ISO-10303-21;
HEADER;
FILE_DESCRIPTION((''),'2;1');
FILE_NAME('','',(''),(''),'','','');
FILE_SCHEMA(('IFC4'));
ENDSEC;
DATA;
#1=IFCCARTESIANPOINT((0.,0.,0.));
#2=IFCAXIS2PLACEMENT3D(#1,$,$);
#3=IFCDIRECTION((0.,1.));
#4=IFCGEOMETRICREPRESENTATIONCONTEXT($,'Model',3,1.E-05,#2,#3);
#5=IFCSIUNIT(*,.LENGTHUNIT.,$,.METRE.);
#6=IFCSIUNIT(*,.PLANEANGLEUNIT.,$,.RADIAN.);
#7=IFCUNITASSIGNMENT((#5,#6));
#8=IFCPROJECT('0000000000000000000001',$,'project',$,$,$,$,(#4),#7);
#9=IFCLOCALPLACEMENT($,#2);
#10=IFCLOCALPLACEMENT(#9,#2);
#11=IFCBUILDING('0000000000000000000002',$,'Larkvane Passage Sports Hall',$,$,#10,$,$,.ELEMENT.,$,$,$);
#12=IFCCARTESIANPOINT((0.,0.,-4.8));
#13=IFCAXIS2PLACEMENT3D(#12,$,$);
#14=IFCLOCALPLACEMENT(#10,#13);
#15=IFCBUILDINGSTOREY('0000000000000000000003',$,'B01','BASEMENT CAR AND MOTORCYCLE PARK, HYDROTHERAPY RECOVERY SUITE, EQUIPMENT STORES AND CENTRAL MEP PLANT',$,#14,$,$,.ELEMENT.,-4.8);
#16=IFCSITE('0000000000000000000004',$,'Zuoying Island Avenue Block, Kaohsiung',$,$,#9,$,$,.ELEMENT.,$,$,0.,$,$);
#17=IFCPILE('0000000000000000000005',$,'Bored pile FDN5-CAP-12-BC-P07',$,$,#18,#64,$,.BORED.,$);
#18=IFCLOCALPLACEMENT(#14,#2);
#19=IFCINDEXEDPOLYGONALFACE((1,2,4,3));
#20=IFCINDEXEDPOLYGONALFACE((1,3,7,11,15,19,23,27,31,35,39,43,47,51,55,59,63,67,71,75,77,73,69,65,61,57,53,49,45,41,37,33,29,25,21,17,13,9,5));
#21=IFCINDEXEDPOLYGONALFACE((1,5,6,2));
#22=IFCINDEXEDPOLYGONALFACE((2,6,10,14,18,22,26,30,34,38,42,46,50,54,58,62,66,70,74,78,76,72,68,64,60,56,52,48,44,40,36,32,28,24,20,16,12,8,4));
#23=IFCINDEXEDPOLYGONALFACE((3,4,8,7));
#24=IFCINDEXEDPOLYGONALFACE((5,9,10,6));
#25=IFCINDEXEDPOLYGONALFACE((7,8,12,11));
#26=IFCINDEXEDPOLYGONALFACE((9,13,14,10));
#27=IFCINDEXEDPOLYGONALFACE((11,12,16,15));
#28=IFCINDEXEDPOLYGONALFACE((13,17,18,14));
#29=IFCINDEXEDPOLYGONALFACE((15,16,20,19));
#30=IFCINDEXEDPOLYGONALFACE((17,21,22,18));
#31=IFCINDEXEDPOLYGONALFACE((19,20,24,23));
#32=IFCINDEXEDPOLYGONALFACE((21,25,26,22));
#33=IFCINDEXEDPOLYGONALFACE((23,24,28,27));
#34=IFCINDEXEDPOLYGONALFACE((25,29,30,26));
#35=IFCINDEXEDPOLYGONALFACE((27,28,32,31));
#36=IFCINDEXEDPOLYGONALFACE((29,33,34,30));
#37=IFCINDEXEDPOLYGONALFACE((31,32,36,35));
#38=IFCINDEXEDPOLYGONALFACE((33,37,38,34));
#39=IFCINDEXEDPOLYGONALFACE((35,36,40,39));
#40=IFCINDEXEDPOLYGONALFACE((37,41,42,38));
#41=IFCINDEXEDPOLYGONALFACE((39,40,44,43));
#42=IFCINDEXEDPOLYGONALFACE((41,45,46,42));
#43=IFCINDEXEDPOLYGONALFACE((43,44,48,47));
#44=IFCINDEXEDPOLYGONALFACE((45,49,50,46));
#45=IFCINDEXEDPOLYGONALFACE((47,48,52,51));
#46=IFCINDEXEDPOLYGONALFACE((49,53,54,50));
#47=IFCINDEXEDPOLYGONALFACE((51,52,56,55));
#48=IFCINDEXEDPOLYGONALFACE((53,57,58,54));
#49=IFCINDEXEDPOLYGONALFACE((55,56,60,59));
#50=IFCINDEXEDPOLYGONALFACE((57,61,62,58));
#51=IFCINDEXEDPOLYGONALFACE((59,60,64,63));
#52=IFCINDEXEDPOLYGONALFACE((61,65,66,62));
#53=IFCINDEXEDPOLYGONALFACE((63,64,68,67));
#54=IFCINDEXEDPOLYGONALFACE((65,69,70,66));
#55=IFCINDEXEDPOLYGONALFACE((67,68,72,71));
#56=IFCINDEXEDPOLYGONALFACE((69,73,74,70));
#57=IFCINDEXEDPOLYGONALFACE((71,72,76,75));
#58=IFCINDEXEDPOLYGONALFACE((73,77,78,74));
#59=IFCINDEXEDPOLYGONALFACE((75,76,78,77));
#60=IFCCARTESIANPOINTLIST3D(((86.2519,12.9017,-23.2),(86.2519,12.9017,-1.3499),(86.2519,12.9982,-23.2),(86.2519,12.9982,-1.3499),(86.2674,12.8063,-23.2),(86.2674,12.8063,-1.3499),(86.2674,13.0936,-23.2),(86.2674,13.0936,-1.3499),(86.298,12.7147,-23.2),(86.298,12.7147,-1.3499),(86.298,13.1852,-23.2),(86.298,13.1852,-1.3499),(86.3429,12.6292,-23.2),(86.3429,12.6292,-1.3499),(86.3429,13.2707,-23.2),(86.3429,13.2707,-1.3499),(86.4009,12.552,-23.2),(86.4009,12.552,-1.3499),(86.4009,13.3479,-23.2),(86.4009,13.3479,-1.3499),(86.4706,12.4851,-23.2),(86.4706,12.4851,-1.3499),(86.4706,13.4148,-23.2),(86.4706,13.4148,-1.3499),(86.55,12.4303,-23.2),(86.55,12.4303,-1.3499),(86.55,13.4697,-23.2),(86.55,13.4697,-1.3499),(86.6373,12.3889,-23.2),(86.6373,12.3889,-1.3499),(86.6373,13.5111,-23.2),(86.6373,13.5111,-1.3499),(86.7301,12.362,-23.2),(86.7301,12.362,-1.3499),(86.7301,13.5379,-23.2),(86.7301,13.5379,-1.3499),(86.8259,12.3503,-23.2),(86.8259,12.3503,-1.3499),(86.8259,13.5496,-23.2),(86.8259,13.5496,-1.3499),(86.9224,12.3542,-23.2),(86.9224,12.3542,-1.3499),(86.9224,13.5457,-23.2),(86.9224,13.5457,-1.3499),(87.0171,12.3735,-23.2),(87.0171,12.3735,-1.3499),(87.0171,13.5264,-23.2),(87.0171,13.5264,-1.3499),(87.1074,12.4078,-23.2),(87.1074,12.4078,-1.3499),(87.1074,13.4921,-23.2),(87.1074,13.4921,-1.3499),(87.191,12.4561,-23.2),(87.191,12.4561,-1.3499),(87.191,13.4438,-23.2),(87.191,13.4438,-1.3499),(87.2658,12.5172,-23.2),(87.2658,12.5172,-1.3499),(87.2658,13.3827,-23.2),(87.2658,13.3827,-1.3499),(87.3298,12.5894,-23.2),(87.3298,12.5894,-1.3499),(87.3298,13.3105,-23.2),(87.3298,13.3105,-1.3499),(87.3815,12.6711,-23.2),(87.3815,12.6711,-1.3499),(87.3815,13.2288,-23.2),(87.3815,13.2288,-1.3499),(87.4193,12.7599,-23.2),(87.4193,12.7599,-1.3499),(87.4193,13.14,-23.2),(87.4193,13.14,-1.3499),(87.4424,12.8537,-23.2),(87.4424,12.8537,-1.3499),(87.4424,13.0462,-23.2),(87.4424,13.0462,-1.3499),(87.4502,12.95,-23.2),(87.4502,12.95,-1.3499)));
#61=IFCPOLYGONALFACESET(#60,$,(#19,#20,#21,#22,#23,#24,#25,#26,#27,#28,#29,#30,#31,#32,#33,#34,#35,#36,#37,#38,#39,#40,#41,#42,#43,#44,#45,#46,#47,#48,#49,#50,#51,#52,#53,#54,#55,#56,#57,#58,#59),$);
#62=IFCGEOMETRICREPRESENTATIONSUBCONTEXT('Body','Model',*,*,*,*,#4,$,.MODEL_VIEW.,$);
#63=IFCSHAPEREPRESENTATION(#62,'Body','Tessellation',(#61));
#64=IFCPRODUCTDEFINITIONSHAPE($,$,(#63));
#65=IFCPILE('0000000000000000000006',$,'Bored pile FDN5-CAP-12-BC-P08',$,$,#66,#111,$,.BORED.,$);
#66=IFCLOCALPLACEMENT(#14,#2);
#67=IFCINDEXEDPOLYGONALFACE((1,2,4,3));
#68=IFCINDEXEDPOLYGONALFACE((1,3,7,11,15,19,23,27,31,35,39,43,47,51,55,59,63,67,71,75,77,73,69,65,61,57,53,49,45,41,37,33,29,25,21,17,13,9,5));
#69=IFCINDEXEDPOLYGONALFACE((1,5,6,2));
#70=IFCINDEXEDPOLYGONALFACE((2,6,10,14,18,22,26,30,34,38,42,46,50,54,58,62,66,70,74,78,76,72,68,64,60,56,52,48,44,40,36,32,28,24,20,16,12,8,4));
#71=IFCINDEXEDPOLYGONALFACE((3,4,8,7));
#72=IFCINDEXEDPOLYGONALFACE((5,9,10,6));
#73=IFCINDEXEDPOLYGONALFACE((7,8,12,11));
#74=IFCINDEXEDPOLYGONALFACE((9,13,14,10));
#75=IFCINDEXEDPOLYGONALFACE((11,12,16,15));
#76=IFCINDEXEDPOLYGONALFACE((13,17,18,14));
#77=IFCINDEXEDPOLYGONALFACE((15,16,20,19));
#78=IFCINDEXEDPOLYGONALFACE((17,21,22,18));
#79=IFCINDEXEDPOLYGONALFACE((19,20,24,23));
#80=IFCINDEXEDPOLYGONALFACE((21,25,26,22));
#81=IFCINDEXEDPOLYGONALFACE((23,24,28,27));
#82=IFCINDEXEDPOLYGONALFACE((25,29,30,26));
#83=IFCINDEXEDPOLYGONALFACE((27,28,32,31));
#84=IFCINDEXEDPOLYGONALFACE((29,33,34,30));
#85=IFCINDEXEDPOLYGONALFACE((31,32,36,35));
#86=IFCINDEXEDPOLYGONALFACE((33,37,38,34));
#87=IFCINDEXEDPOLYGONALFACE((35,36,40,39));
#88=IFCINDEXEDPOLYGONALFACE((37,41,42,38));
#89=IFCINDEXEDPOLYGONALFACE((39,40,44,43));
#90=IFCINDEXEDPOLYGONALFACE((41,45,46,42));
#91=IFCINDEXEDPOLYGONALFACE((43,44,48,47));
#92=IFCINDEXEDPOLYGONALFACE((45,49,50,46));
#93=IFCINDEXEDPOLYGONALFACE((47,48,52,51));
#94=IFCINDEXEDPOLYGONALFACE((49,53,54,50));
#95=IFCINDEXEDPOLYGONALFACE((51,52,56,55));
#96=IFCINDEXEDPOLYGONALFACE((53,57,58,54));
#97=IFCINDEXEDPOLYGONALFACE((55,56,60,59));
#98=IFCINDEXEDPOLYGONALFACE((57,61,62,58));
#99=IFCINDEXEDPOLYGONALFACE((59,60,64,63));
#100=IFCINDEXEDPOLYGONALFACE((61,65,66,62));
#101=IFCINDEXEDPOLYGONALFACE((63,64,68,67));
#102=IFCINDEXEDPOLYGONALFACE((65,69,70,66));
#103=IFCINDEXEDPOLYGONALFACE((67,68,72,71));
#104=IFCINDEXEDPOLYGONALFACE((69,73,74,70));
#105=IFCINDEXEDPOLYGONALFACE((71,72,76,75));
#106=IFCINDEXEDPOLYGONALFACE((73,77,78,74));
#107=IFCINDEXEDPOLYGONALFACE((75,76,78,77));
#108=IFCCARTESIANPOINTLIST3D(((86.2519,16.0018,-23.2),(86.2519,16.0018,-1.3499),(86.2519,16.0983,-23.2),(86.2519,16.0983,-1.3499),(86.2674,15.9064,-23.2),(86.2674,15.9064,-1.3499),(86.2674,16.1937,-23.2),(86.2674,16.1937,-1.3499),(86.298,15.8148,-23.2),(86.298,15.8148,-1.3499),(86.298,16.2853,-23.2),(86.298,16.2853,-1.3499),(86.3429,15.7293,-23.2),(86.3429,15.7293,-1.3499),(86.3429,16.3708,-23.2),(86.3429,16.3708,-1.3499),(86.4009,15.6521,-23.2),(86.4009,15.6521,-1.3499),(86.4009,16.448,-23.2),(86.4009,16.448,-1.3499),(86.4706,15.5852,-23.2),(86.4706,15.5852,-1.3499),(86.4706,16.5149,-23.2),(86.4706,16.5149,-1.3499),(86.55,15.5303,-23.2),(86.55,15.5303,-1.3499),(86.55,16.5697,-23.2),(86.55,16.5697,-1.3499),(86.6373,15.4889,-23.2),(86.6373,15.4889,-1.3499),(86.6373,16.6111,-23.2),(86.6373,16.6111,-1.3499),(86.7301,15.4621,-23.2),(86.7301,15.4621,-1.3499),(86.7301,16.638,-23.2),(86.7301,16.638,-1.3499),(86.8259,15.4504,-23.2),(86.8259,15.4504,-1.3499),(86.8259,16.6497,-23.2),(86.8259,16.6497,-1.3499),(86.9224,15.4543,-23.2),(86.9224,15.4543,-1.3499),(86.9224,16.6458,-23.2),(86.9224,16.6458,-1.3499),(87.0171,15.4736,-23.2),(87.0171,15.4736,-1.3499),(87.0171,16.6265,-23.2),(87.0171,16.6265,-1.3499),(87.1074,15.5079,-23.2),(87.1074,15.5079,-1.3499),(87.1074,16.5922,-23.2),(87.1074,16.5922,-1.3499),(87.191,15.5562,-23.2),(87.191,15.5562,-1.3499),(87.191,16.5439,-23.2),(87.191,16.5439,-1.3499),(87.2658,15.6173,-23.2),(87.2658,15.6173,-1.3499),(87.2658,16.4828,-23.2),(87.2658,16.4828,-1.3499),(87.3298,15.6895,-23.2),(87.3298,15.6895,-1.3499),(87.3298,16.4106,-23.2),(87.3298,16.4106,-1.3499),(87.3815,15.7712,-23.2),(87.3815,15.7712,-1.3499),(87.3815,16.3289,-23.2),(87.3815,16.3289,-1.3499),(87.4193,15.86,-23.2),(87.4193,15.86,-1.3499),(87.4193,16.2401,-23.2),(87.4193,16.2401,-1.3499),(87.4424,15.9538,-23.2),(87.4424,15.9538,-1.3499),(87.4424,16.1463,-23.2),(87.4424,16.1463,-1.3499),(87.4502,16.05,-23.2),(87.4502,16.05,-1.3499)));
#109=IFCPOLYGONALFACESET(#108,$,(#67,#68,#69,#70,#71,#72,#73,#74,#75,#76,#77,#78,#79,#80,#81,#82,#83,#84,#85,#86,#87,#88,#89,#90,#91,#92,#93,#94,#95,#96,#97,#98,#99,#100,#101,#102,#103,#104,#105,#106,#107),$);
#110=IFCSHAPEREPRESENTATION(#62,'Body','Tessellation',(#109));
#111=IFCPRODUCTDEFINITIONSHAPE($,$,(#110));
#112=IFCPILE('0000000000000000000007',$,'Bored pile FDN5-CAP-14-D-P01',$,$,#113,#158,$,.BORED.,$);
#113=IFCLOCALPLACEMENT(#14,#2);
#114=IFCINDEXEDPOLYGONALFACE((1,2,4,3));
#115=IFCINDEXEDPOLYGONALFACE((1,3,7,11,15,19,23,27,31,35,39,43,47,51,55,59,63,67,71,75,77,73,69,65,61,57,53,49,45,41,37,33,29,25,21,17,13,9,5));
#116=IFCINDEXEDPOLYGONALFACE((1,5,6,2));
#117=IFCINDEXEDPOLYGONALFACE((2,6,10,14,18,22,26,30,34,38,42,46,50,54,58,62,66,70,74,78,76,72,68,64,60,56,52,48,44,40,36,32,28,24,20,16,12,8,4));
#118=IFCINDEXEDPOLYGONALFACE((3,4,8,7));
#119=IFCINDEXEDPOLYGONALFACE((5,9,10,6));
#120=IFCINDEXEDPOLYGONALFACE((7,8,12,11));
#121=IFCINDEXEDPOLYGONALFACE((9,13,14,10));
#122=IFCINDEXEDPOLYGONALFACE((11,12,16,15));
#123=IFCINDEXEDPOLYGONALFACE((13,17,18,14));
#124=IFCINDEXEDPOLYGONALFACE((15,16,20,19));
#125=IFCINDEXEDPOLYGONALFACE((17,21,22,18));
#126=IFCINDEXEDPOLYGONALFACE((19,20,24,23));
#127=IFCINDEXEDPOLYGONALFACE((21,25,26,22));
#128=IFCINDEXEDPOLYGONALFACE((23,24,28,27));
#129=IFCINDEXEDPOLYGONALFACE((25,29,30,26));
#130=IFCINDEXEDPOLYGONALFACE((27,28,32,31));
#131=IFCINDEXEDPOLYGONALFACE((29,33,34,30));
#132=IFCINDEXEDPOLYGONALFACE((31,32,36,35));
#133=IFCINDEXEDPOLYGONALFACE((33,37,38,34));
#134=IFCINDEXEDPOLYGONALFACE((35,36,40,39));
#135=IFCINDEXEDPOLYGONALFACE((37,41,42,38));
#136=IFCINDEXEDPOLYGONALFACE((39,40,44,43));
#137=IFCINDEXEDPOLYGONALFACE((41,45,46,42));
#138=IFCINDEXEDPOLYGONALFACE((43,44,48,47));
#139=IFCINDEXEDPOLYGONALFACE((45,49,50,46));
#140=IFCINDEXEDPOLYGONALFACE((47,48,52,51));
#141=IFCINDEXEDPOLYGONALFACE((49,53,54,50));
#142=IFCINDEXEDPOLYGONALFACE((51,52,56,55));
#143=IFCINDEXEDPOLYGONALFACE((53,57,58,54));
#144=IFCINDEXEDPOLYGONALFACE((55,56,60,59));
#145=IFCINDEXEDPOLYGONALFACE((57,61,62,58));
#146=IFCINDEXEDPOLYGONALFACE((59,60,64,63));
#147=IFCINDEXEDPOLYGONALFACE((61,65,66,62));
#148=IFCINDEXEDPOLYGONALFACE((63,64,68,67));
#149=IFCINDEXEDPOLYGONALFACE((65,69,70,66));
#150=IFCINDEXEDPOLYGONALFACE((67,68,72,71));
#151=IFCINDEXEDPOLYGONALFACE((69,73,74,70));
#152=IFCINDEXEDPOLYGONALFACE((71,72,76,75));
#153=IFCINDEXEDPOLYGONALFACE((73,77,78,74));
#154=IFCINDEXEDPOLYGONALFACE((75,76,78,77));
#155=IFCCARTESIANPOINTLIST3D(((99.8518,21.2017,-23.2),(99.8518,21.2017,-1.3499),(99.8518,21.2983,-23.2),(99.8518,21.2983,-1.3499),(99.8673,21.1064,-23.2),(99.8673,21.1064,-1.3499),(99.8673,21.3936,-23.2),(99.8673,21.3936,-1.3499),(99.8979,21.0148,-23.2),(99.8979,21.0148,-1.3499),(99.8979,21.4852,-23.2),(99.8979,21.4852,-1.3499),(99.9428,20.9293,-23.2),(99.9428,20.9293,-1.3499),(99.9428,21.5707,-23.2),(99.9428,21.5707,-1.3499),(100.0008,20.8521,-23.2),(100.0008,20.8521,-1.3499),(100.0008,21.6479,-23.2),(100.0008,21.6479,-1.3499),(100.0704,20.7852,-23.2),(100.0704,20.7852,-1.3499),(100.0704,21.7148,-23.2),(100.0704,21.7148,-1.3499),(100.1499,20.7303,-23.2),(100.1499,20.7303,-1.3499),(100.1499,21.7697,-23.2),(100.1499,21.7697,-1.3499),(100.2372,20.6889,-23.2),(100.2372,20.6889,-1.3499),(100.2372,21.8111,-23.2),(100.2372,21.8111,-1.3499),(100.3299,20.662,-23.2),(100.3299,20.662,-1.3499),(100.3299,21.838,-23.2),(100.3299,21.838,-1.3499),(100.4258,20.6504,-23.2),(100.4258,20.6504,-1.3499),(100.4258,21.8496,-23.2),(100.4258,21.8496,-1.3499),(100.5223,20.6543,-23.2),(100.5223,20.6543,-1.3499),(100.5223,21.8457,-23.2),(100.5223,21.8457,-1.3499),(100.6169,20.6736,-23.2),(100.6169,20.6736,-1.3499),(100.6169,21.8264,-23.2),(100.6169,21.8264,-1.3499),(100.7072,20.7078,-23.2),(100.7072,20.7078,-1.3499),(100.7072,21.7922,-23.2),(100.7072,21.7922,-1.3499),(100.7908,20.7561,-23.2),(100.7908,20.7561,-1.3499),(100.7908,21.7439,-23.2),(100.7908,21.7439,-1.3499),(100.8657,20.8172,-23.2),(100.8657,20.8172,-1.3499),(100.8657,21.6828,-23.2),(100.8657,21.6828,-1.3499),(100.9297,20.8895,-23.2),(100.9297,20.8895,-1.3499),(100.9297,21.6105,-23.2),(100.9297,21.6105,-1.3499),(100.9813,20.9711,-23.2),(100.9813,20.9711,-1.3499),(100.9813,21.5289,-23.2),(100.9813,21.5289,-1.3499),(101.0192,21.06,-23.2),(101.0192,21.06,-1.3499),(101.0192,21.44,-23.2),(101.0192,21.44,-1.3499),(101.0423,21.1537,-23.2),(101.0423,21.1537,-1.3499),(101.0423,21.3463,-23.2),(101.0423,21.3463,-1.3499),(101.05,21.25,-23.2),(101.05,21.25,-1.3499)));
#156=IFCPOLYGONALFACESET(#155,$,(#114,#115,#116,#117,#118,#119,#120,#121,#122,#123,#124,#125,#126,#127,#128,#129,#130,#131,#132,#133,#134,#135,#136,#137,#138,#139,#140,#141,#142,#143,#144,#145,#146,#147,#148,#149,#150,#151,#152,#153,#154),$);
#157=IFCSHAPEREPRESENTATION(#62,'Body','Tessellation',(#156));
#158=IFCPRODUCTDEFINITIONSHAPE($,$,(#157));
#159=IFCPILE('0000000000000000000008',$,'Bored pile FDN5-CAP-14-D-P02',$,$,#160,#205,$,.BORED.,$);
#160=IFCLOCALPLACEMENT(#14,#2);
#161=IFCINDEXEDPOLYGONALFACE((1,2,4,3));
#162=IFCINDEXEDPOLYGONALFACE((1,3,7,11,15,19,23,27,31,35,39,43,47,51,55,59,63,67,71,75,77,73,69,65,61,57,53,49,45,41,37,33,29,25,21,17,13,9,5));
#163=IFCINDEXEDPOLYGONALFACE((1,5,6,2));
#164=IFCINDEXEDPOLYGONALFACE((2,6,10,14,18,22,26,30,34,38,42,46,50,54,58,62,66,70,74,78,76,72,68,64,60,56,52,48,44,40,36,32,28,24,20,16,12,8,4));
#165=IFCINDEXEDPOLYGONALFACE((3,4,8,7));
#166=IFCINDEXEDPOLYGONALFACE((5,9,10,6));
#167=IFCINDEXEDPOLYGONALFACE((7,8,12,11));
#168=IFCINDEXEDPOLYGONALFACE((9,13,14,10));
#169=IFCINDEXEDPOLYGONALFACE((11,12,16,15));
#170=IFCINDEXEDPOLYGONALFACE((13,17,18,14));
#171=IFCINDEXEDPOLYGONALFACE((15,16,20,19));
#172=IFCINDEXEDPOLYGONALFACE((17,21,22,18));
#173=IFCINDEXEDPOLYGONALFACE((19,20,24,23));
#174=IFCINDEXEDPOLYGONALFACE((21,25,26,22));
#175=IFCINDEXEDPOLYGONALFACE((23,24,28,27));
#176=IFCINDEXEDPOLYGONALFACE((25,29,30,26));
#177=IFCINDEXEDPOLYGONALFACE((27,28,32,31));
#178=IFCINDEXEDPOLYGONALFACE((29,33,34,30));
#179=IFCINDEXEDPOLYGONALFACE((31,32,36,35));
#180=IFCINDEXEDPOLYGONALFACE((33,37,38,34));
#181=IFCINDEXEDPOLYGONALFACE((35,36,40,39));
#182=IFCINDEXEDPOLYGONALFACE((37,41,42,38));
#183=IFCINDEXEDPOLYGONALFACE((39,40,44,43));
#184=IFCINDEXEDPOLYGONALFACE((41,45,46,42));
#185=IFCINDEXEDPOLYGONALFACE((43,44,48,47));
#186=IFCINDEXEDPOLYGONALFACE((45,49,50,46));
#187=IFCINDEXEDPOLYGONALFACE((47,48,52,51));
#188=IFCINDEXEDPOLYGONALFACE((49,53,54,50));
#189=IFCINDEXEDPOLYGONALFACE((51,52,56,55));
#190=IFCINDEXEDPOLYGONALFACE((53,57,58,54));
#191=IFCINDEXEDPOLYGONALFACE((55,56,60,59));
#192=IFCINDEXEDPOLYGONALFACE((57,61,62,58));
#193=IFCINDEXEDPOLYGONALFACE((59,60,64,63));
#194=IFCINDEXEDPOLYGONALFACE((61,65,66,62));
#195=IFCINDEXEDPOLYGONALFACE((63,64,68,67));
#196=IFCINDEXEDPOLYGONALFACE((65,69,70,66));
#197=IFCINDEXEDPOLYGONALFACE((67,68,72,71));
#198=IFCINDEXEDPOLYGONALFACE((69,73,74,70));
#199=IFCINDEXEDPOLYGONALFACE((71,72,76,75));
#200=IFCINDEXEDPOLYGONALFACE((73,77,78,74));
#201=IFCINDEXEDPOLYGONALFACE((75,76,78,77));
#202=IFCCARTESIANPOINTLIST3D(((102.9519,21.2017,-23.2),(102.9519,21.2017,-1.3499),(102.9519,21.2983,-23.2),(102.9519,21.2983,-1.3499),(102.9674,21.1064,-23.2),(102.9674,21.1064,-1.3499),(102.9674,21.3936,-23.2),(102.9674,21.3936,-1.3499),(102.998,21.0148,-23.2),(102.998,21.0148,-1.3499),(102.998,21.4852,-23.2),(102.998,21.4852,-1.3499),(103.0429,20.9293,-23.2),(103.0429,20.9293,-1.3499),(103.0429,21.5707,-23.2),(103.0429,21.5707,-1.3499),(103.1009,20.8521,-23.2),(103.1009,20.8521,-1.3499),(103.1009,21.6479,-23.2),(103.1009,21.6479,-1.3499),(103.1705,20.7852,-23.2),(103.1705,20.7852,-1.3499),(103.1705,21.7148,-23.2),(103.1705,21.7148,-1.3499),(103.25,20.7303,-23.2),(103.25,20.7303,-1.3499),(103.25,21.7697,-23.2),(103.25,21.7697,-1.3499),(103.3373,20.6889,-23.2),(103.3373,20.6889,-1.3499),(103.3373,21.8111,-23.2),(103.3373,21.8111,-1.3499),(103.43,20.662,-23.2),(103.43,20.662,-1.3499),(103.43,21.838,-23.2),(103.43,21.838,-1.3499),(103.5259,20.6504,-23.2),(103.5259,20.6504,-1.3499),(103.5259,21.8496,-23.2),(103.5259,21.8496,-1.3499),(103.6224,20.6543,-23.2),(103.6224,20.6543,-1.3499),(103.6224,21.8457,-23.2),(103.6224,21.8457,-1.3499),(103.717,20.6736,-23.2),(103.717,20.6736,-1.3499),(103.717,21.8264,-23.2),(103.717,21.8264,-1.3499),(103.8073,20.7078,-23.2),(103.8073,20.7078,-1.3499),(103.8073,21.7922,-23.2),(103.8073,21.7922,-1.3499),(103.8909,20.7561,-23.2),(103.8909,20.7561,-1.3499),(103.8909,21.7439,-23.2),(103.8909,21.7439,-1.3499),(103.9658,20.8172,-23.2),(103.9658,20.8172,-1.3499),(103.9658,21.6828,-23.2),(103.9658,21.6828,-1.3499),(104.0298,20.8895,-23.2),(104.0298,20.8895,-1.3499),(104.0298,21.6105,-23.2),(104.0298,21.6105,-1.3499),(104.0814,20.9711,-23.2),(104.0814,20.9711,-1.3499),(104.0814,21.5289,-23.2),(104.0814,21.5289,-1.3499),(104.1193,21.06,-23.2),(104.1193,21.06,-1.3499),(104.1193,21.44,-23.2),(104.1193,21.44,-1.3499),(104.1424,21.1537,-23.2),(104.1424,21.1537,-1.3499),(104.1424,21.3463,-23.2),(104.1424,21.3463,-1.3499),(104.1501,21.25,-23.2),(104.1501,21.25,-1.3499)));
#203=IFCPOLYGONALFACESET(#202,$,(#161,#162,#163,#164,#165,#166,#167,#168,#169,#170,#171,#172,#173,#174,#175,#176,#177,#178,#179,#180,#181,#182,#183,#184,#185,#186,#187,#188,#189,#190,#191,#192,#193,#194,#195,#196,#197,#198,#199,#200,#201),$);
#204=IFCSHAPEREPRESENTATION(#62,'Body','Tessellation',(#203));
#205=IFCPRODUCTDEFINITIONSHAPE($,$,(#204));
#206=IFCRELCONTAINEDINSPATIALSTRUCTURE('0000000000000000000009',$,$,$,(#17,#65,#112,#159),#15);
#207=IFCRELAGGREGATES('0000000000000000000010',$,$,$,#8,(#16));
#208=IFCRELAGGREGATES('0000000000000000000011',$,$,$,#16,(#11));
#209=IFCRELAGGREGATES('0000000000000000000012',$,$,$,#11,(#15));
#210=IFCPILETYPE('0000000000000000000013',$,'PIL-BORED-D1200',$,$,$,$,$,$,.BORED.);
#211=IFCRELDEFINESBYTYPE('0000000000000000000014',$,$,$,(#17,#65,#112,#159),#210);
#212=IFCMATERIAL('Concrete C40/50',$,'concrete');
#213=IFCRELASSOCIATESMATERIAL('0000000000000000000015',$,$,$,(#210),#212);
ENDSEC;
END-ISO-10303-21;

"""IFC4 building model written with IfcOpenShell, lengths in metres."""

from ifc_helpers import new_model, si_unit, direction, frame, origin, origin_2d, place, context, subcontext, project, spatial, circle, extrude, material, material_profile, profile_set, type_object, element, save


model = new_model("IFC4")

# Units and contexts
model_context = context("Model", 3, precision=1e-05, world=origin(), true_north=direction((0.0, 1.0)))
body_context = subcontext(model_context, "Body", "Model", "MODEL_VIEW")
ifc_project = project(units=[si_unit("LENGTHUNIT", "METRE"), si_unit("PLANEANGLEUNIT", "RADIAN")], contexts=[model_context])

# Site, building, storey
site_placement = place(None, origin())
site = spatial("IfcSite", under=ifc_project, at=site_placement, Name="Zuoying Island Avenue Block, Kaohsiung", CompositionType="ELEMENT", RefElevation=0.0)
building_placement = place(site_placement, origin())
building = spatial("IfcBuilding", under=site, at=building_placement, Name="Larkvane Passage Sports Hall", CompositionType="ELEMENT")
storey_placement = place(building_placement, frame((0.0, 0.0, -4.8)))
storey = spatial("IfcBuildingStorey", under=building, at=storey_placement, Name="B01", Description="BASEMENT CAR AND MOTORCYCLE PARK, HYDROTHERAPY RECOVERY SUITE, EQUIPMENT STORES AND CENTRAL MEP PLANT", CompositionType="ELEMENT", Elevation=-4.8)

# Shared definitions
ifc_material_1 = material(Name="Concrete C40/50", Category="concrete")

# Piles
ifc_material_profile_1 = material_profile(ifc_material_1, circle(Radius=0.6001, at=origin_2d()), Name="PILE-D1200")
ifc_profile_set_1 = profile_set([ifc_material_profile_1], Name="Concrete C40/50")
pile_type = type_object("IfcPileType", Name="PIL-BORED-D1200", PredefinedType="BORED", material=ifc_profile_set_1)
for number, where, z_axis, x_axis, name in (
    (1, (86.8501, 12.95, -1.3499), (0.0, 0.0, -1.0), (1.0, 0.0, 0.0), "Bored pile FDN5-CAP-12-BC-P07"),
    (2, (86.8501, 16.05, -1.3499), (0.0, 0.0, -1.0), (1.0, 0.0, 0.0), "Bored pile FDN5-CAP-12-BC-P08"),
    (3, (100.45, 21.25, -1.3499), (0.0, 0.0, -1.0), (1.0, 0.0, 0.0), "Bored pile FDN5-CAP-14-D-P01"),
    (4, (103.55, 21.25, -1.3499), (0.0, 0.0, -1.0), (1.0, 0.0, 0.0), "Bored pile FDN5-CAP-14-D-P02"),
):
    element("IfcPile", number, at=place(storey_placement, frame(where, z_axis=z_axis, x_axis=x_axis)), inside=storey, type_object=pile_type, Name=name, PredefinedType="BORED", context=body_context, shape_type="SweptSolid", body=[
        extrude(circle(Radius=0.6001, at=origin_2d()), origin(), (0.0, 0.0, 1.0), 21.8501),
    ])

save(model, "model.ifc")
